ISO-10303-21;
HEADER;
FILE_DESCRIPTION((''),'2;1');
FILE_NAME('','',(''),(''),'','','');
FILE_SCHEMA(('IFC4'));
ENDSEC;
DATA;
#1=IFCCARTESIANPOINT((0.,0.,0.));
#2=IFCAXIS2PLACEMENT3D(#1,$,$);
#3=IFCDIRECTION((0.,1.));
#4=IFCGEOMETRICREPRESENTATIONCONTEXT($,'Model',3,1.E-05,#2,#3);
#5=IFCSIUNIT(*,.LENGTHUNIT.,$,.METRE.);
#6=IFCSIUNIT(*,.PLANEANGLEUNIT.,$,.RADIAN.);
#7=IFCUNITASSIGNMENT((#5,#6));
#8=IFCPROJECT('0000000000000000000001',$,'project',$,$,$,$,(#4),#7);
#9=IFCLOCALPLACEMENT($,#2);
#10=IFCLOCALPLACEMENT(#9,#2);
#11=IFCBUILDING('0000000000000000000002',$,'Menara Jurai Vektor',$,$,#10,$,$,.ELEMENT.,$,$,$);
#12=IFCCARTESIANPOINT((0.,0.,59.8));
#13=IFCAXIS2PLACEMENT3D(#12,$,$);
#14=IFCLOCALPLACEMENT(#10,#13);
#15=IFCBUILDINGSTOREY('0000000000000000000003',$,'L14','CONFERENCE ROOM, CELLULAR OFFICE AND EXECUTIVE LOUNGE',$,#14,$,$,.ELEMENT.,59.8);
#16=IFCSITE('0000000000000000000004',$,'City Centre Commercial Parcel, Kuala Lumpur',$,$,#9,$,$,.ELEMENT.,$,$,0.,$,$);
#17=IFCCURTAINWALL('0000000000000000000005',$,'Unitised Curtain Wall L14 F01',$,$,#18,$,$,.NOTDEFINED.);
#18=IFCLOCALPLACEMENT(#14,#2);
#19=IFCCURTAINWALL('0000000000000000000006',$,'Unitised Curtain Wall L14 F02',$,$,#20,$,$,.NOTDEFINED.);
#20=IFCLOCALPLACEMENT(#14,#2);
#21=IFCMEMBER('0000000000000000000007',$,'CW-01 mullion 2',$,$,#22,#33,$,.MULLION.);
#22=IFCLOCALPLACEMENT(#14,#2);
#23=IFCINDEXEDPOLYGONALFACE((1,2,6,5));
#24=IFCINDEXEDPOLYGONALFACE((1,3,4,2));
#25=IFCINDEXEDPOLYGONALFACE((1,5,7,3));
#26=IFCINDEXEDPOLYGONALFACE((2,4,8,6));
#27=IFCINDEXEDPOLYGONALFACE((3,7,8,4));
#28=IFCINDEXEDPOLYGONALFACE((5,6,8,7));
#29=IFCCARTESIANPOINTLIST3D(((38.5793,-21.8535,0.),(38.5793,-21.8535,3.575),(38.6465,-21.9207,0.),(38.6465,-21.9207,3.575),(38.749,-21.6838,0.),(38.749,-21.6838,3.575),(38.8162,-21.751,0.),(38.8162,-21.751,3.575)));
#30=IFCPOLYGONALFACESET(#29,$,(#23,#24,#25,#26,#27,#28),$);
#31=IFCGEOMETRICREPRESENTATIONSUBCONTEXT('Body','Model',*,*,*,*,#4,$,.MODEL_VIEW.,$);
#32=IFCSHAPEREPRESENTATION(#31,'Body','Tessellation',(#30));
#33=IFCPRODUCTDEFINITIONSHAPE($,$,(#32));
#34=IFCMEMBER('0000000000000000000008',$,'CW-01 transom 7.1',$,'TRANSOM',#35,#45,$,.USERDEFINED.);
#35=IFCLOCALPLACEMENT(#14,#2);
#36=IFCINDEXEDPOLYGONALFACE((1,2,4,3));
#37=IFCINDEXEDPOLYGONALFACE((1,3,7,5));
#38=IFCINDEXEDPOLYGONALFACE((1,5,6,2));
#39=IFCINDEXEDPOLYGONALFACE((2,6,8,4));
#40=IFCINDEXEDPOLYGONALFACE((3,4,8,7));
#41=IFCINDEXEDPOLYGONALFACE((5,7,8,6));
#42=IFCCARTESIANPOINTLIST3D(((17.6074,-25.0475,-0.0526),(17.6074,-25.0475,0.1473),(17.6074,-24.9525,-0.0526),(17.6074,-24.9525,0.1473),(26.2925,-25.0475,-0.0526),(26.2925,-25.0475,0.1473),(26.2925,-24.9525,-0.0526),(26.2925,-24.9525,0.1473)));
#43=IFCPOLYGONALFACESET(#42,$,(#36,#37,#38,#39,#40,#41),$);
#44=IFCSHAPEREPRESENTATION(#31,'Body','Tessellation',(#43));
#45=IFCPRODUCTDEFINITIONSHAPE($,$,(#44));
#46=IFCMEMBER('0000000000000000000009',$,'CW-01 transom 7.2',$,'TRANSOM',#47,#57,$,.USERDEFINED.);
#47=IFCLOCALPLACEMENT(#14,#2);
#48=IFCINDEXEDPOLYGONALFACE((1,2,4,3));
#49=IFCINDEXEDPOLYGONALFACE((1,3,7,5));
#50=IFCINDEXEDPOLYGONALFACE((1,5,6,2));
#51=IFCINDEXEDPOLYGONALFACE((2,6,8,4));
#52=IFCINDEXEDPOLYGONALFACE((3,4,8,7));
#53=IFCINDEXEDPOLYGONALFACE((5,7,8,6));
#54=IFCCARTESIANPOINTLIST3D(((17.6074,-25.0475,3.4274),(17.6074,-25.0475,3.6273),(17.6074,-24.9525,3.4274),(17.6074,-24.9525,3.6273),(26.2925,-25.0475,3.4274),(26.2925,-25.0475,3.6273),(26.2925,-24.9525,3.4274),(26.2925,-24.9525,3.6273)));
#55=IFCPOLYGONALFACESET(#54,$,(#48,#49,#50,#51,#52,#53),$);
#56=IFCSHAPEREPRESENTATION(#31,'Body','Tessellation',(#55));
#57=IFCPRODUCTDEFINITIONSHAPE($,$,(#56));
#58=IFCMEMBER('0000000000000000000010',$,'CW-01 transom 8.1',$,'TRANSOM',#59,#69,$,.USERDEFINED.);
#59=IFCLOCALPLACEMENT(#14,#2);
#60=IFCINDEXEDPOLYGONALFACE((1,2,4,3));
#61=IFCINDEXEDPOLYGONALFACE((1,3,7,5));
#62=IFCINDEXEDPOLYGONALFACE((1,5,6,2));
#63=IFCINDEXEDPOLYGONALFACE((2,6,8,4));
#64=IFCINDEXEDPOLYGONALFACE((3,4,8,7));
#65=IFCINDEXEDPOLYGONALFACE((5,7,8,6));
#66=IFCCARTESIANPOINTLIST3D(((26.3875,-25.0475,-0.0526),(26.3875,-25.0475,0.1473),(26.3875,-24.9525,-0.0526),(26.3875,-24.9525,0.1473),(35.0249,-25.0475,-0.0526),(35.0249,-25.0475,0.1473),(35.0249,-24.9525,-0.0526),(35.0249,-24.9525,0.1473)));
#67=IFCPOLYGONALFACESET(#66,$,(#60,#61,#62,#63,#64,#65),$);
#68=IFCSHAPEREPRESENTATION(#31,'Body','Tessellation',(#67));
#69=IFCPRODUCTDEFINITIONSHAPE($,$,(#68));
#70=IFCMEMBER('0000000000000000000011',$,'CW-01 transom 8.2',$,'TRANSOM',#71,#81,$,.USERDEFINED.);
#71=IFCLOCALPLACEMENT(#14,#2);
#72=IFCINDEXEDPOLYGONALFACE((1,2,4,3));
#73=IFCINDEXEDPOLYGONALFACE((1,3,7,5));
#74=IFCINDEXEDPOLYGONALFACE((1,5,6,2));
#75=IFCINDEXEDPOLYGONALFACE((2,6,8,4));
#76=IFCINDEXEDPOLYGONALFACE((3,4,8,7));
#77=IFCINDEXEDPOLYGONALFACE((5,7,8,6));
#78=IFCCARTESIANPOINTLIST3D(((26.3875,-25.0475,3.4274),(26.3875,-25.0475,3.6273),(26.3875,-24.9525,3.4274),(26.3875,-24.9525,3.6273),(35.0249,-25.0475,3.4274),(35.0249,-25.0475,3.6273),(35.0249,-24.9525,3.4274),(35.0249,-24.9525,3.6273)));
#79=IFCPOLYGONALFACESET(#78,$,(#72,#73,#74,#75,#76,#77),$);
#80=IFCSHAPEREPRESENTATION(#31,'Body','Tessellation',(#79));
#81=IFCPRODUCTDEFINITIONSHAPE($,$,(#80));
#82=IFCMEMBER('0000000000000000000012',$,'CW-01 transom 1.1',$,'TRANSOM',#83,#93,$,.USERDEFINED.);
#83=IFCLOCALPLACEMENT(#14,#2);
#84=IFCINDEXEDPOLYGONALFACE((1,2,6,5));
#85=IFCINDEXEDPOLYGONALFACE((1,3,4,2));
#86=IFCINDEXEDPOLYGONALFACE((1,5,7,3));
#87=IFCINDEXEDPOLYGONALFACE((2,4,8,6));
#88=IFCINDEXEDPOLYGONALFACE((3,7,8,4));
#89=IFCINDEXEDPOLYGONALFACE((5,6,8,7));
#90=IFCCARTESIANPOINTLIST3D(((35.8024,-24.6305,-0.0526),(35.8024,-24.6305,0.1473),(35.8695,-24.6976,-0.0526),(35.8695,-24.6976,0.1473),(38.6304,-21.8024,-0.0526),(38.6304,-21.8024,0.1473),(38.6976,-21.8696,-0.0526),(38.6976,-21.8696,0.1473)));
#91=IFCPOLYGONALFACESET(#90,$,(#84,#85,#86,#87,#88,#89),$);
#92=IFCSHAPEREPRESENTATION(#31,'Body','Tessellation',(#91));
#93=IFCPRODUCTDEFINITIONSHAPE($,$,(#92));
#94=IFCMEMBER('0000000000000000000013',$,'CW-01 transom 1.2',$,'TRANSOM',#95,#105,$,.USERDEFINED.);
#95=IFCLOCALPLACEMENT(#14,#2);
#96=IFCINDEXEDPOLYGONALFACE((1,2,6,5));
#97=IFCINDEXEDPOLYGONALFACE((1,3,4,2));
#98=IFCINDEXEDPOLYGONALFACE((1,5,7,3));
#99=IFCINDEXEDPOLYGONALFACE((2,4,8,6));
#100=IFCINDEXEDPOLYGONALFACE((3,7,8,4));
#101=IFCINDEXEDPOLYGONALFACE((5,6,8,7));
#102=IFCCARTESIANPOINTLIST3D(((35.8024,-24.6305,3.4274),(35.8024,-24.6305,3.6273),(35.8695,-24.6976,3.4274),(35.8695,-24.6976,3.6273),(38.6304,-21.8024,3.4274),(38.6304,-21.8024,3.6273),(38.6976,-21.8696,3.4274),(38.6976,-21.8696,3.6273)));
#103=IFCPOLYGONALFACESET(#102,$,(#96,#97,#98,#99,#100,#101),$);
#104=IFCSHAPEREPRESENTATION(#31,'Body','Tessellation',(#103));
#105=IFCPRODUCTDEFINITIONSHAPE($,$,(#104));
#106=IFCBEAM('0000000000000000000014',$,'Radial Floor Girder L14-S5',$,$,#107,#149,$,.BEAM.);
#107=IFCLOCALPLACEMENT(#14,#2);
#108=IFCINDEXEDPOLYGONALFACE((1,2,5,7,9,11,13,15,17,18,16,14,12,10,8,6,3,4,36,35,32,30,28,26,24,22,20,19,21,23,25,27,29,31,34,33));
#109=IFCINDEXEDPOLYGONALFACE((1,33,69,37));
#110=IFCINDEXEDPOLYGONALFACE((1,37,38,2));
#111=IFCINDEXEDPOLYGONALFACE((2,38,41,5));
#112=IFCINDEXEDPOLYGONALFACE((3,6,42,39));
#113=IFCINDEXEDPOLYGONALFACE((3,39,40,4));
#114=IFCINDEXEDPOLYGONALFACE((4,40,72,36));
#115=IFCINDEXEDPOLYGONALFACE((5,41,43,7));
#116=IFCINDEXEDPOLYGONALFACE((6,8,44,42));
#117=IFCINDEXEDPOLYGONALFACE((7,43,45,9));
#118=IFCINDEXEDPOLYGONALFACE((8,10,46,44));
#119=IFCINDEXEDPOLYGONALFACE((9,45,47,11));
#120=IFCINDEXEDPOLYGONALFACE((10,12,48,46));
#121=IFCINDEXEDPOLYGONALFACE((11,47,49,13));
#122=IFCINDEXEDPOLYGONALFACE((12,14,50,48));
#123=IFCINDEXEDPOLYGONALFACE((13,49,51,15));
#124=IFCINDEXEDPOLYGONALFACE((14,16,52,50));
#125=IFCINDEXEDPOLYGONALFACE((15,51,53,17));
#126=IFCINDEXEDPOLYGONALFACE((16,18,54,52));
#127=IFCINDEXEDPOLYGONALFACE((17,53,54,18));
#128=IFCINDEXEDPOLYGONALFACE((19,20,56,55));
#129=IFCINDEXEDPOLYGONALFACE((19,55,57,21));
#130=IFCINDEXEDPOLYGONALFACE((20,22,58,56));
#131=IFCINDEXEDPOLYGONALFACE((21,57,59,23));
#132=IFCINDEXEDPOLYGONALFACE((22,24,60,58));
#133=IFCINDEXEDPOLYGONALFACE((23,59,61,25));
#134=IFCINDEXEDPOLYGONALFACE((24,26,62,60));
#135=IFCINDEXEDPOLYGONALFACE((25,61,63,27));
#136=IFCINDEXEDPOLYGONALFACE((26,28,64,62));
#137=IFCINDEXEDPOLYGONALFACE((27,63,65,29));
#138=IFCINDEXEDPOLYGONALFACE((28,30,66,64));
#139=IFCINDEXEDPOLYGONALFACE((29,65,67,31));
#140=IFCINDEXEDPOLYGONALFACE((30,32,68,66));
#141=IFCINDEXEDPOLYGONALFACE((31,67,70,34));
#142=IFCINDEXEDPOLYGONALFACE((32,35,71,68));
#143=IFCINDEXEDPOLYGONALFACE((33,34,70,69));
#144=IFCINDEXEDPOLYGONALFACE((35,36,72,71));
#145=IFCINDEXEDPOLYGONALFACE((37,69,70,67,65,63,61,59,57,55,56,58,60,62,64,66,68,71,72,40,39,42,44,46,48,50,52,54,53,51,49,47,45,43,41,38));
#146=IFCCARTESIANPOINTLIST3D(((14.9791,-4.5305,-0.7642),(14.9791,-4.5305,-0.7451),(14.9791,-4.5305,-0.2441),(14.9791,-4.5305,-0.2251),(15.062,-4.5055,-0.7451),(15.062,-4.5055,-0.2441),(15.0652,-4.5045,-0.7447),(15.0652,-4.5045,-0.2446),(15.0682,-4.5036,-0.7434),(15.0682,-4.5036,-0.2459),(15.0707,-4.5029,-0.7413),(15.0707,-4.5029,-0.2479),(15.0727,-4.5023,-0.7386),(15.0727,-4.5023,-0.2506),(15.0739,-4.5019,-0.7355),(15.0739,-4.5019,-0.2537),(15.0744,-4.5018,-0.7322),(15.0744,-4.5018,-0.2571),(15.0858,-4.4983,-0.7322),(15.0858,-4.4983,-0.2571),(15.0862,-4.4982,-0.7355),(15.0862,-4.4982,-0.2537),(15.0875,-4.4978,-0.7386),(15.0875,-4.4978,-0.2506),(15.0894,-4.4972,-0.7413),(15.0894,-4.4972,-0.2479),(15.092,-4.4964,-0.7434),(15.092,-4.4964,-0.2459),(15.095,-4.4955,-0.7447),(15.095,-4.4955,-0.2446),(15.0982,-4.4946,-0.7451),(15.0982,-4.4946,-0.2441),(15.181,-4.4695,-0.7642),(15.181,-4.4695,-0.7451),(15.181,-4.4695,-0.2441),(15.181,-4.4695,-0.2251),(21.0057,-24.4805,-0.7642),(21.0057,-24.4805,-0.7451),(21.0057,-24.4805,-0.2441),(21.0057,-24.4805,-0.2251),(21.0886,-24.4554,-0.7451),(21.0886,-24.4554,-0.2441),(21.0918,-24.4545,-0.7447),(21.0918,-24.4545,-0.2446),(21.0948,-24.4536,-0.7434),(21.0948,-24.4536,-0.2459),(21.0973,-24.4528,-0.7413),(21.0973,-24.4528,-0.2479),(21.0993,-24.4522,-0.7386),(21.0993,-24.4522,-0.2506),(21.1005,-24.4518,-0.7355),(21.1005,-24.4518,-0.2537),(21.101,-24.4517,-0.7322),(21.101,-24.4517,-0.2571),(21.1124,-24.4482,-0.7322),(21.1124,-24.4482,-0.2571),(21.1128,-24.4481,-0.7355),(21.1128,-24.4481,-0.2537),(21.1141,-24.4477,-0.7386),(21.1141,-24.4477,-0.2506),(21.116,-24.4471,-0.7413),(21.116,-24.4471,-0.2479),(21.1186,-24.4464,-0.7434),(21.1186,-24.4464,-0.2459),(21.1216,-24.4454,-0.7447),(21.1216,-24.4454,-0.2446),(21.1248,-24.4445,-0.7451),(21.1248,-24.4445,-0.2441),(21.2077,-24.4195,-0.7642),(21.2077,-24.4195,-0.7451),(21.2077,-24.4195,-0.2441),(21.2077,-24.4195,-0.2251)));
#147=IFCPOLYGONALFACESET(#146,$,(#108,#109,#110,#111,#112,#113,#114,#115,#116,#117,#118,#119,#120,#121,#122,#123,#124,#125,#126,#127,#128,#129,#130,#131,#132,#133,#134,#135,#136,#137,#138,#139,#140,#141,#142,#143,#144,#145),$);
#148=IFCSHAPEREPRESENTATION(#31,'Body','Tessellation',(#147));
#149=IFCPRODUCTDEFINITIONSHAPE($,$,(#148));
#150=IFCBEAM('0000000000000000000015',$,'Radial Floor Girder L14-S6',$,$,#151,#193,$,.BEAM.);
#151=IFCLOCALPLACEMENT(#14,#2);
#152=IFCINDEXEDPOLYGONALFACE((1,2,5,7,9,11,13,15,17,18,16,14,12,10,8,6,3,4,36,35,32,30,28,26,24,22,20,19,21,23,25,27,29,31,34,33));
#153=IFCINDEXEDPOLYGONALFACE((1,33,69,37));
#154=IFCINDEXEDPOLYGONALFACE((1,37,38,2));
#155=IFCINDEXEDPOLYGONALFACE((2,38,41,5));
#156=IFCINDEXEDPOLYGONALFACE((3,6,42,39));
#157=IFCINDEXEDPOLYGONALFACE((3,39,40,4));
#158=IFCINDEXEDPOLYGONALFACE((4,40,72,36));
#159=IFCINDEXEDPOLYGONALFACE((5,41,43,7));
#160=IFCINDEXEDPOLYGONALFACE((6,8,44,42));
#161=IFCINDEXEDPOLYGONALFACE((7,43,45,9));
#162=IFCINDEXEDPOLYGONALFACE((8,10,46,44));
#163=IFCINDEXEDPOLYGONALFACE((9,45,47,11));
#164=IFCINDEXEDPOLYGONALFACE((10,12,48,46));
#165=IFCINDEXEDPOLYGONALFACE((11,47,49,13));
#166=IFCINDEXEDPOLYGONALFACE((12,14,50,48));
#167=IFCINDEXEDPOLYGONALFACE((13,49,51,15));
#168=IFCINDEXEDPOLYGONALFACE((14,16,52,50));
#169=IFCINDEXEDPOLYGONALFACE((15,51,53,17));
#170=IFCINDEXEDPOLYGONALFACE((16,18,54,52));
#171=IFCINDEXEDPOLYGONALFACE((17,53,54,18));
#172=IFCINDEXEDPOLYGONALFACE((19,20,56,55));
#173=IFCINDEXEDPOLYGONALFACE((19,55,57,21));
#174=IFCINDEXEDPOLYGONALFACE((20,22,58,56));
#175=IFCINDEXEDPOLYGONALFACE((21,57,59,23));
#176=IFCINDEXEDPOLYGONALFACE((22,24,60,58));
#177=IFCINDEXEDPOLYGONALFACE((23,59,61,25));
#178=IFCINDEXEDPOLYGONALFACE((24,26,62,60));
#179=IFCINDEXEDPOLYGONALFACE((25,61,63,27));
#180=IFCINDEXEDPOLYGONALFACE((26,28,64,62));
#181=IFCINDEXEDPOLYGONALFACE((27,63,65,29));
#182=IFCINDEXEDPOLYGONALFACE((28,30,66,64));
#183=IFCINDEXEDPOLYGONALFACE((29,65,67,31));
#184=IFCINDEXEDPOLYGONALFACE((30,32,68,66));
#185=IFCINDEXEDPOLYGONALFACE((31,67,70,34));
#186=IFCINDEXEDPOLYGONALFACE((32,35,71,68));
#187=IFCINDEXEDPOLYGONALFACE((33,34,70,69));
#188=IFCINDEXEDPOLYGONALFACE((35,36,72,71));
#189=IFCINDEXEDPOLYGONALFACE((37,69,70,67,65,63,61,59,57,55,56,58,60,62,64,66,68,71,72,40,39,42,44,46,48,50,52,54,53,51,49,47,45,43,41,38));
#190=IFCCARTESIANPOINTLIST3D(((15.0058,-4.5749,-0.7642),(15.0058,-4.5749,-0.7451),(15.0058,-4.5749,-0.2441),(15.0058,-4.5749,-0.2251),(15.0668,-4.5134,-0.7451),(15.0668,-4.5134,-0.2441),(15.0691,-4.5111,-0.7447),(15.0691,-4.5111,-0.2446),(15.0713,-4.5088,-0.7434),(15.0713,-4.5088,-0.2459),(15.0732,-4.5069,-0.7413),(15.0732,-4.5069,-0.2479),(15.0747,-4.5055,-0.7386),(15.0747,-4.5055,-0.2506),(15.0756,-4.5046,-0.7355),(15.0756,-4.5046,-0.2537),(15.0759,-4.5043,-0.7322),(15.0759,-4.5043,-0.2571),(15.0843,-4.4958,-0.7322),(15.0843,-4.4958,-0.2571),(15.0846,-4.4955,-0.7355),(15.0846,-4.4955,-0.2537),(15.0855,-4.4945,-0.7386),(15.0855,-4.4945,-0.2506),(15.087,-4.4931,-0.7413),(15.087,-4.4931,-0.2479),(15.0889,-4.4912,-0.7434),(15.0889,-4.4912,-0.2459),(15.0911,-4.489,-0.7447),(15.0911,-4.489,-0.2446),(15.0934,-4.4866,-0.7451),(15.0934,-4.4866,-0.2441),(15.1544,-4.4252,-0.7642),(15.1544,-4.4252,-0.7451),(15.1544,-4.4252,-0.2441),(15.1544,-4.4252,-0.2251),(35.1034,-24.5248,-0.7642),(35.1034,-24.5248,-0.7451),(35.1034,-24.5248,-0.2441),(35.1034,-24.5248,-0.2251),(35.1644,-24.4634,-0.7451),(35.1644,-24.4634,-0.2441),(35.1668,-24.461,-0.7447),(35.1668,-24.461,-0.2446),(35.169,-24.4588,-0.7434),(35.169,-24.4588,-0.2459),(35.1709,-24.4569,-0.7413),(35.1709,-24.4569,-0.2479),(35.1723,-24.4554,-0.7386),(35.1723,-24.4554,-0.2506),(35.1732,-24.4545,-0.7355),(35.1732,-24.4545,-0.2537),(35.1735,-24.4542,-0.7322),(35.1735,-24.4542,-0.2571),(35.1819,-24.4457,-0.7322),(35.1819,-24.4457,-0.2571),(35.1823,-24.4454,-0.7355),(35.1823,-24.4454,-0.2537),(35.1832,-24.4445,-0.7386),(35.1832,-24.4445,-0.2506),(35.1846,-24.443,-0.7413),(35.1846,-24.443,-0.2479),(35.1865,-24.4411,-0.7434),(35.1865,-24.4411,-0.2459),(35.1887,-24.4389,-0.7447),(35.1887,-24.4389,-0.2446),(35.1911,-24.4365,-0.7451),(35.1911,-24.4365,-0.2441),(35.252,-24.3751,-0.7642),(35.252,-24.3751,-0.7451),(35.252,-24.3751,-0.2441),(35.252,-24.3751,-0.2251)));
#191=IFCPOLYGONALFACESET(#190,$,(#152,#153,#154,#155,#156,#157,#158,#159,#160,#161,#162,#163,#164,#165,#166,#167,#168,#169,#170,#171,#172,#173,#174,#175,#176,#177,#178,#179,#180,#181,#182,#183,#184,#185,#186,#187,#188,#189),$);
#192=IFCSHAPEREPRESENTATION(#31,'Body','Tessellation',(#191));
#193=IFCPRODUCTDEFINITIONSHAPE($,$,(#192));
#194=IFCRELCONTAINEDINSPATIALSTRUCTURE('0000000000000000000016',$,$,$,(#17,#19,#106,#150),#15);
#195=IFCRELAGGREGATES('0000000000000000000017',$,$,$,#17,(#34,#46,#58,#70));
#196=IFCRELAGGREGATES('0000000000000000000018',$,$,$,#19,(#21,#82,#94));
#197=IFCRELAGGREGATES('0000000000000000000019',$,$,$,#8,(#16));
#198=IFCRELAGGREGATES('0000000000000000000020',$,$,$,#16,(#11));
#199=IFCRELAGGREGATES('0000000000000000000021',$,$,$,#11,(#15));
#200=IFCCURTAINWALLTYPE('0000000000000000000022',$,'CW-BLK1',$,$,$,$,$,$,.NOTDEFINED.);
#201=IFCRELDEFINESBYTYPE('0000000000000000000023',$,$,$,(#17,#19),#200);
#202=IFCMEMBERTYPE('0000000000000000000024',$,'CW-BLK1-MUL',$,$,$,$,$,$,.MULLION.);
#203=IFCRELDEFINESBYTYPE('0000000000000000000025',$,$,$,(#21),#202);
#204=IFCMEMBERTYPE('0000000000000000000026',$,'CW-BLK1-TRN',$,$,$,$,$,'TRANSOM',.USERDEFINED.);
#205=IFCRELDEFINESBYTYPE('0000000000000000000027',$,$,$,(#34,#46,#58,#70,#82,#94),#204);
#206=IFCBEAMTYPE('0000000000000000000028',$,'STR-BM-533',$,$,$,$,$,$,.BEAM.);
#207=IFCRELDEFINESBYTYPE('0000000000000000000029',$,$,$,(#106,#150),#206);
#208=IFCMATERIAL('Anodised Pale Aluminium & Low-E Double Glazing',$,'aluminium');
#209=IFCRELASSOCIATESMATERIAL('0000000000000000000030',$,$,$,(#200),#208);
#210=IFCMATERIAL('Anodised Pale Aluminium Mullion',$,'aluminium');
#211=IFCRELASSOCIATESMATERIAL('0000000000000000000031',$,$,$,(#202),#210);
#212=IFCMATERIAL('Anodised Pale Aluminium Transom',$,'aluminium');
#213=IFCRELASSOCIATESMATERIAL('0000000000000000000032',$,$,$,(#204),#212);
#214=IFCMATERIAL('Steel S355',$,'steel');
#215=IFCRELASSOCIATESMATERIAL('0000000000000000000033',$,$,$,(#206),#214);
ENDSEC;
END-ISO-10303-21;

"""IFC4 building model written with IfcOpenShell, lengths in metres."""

from ifc_helpers import new_model, si_unit, direction, frame, origin, origin_2d, place, context, subcontext, project, spatial, rectangle, i_section, extrude, material, material_profile, profile_set, type_object, element, aggregate, save


model = new_model("IFC4")

# Units and contexts
model_context = context("Model", 3, precision=1e-05, world=origin(), true_north=direction((0.0, 1.0)))
body_context = subcontext(model_context, "Body", "Model", "MODEL_VIEW")
ifc_project = project(units=[si_unit("LENGTHUNIT", "METRE"), si_unit("PLANEANGLEUNIT", "RADIAN")], contexts=[model_context])

# Site, building, storey
site_placement = place(None, origin())
site = spatial("IfcSite", under=ifc_project, at=site_placement, Name="City Centre Commercial Parcel, Kuala Lumpur", CompositionType="ELEMENT", RefElevation=0.0)
building_placement = place(site_placement, origin())
building = spatial("IfcBuilding", under=site, at=building_placement, Name="Menara Jurai Vektor", CompositionType="ELEMENT")
storey_placement = place(building_placement, frame((0.0, 0.0, 59.8)))
storey = spatial("IfcBuildingStorey", under=building, at=storey_placement, Name="L14", Description="CONFERENCE ROOM, CELLULAR OFFICE AND EXECUTIVE LOUNGE", CompositionType="ELEMENT", Elevation=59.8)

# Curtain walls, member
ifc_material_1 = material(Name="Anodised Pale Aluminium & Low-E Double Glazing", Category="aluminium")
curtain_wall_type = type_object("IfcCurtainWallType", Name="CW-BLK1", PredefinedType="NOTDEFINED", material=ifc_material_1)
curtain_wall_1_placement = place(storey_placement, origin())
curtain_wall_1 = element("IfcCurtainWall", 1, at=curtain_wall_1_placement, inside=storey, type_object=curtain_wall_type, Name="Unitised Curtain Wall L14 F01", PredefinedType="NOTDEFINED")
ifc_material_2 = material(Name="Anodised Pale Aluminium Mullion", Category="aluminium")
ifc_material_profile_1 = material_profile(ifc_material_2, rectangle(XDim=0.095, YDim=0.24, at=origin_2d()), Name="ALU MUL 95x240")
ifc_profile_set_1 = profile_set([ifc_material_profile_1], Name="Anodised Pale Aluminium Mullion")
member_type_1 = type_object("IfcMemberType", Name="CW-BLK1-MUL", PredefinedType="MULLION", material=ifc_profile_set_1)
curtain_wall_2_placement = place(storey_placement, origin())
curtain_wall_2 = element("IfcCurtainWall", 2, at=curtain_wall_2_placement, inside=storey, type_object=curtain_wall_type, Name="Unitised Curtain Wall L14 F02", PredefinedType="NOTDEFINED")
member_1_placement = place(storey_placement, frame((38.6978, -21.8022, 0.0), z_axis=(0.0, 0.0, 1.0), x_axis=(-0.707107, 0.707107, 0.0)))
member_1 = element("IfcMember", 3, at=member_1_placement, type_object=member_type_1, Name="CW-01 mullion 2", PredefinedType="MULLION", context=body_context, shape_type="SweptSolid", body=[
    extrude(rectangle(XDim=0.095, YDim=0.24, at=origin_2d()), origin(), (0.0, 0.0, 1.0), 3.575),
])

# Members
ifc_material_3 = material(Name="Anodised Pale Aluminium Transom", Category="aluminium")
ifc_material_profile_2 = material_profile(ifc_material_3, rectangle(XDim=0.095, YDim=0.2, at=origin_2d()), Name="ALU TRN 95x200")
ifc_profile_set_2 = profile_set([ifc_material_profile_2], Name="Anodised Pale Aluminium Transom")
member_type_2 = type_object("IfcMemberType", Name="CW-BLK1-TRN", ElementType="TRANSOM", PredefinedType="USERDEFINED", material=ifc_profile_set_2)
member_2_placement = place(storey_placement, frame((17.6074, -25.0, 0.0474), z_axis=(1.0, 0.0, 0.0), x_axis=(0.0, 1.0, 0.0)))
member_2 = element("IfcMember", 4, at=member_2_placement, type_object=member_type_2, Name="CW-01 transom 7.1", ObjectType="TRANSOM", PredefinedType="USERDEFINED", context=body_context, shape_type="SweptSolid", body=[
    extrude(rectangle(XDim=0.095, YDim=0.2, at=origin_2d()), origin(), (0.0, 0.0, 1.0), 8.6851),
])
member_3_placement = place(storey_placement, frame((17.6074, -25.0, 3.5273), z_axis=(1.0, 0.0, 0.0), x_axis=(0.0, 1.0, 0.0)))
member_3 = element("IfcMember", 5, at=member_3_placement, type_object=member_type_2, Name="CW-01 transom 7.2", ObjectType="TRANSOM", PredefinedType="USERDEFINED", context=body_context, shape_type="SweptSolid", body=[
    extrude(rectangle(XDim=0.095, YDim=0.2, at=origin_2d()), origin(), (0.0, 0.0, 1.0), 8.6851),
])
member_4_placement = place(storey_placement, frame((26.3875, -25.0, 0.0474), z_axis=(1.0, 0.0, 0.0), x_axis=(0.0, 1.0, 0.0)))
member_4 = element("IfcMember", 6, at=member_4_placement, type_object=member_type_2, Name="CW-01 transom 8.1", ObjectType="TRANSOM", PredefinedType="USERDEFINED", context=body_context, shape_type="SweptSolid", body=[
    extrude(rectangle(XDim=0.095, YDim=0.2, at=origin_2d()), origin(), (0.0, 0.0, 1.0), 8.6375),
])
member_5_placement = place(storey_placement, frame((26.3875, -25.0, 3.5273), z_axis=(1.0, 0.0, 0.0), x_axis=(0.0, 1.0, 0.0)))
member_5 = element("IfcMember", 7, at=member_5_placement, type_object=member_type_2, Name="CW-01 transom 8.2", ObjectType="TRANSOM", PredefinedType="USERDEFINED", context=body_context, shape_type="SweptSolid", body=[
    extrude(rectangle(XDim=0.095, YDim=0.2, at=origin_2d()), origin(), (0.0, 0.0, 1.0), 8.6375),
])
member_6_placement = place(storey_placement, frame((35.8359, -24.6641, 0.0474), z_axis=(0.707107, 0.707107, 0.0), x_axis=(-0.707107, 0.707107, 0.0)))
member_6 = element("IfcMember", 8, at=member_6_placement, type_object=member_type_2, Name="CW-01 transom 1.1", ObjectType="TRANSOM", PredefinedType="USERDEFINED", context=body_context, shape_type="SweptSolid", body=[
    extrude(rectangle(XDim=0.095, YDim=0.2, at=origin_2d()), origin(), (0.0, 0.0, 1.0), 3.9995),
])
member_7_placement = place(storey_placement, frame((35.8359, -24.6641, 3.5273), z_axis=(0.707107, 0.707107, 0.0), x_axis=(-0.707107, 0.707107, 0.0)))
member_7 = element("IfcMember", 9, at=member_7_placement, type_object=member_type_2, Name="CW-01 transom 1.2", ObjectType="TRANSOM", PredefinedType="USERDEFINED", context=body_context, shape_type="SweptSolid", body=[
    extrude(rectangle(XDim=0.095, YDim=0.2, at=origin_2d()), origin(), (0.0, 0.0, 1.0), 3.9995),
])

# Beams
ifc_material_4 = material(Name="Steel S355", Category="steel")
ifc_material_profile_3 = material_profile(ifc_material_4, i_section(OverallWidth=0.2109, OverallDepth=0.5391, WebThickness=0.012, FlangeThickness=0.019, FilletRadius=0.0129, at=origin_2d()), Name="UKB 533x210x109")
ifc_profile_set_3 = profile_set([ifc_material_profile_3], Name="Steel S355")
beam_type_1 = type_object("IfcBeamType", Name="STR-BM-533", PredefinedType="BEAM", material=ifc_profile_set_3)
beam_1_placement = place(storey_placement, frame((21.1067, -24.45, -0.4946), z_axis=(-0.28918, 0.957275, 0.0), x_axis=(-0.957275, -0.28918, 0.0)))
element("IfcBeam", 10, at=beam_1_placement, inside=storey, type_object=beam_type_1, Name="Radial Floor Girder L14-S5", PredefinedType="BEAM", context=body_context, shape_type="SweptSolid", body=[
    extrude(i_section(OverallWidth=0.2109, OverallDepth=0.5391, WebThickness=0.012, FlangeThickness=0.019, FilletRadius=0.0129, at=origin_2d()), origin(), (0.0, 0.0, 1.0), 20.8403),
])
beam_2_placement = place(storey_placement, frame((35.1777, -24.45, -0.4946), z_axis=(-0.70971, 0.704494, 0.0), x_axis=(-0.704494, -0.70971, 0.0)))
element("IfcBeam", 11, at=beam_2_placement, inside=storey, type_object=beam_type_1, Name="Radial Floor Girder L14-S6", PredefinedType="BEAM", context=body_context, shape_type="SweptSolid", body=[
    extrude(i_section(OverallWidth=0.2109, OverallDepth=0.5391, WebThickness=0.012, FlangeThickness=0.019, FilletRadius=0.0129, at=origin_2d()), origin(), (0.0, 0.0, 1.0), 28.3181),
])

aggregate(curtain_wall_1, [member_2, member_3, member_4, member_5])
aggregate(curtain_wall_2, [member_1, member_6, member_7])

save(model, "model.ifc")
